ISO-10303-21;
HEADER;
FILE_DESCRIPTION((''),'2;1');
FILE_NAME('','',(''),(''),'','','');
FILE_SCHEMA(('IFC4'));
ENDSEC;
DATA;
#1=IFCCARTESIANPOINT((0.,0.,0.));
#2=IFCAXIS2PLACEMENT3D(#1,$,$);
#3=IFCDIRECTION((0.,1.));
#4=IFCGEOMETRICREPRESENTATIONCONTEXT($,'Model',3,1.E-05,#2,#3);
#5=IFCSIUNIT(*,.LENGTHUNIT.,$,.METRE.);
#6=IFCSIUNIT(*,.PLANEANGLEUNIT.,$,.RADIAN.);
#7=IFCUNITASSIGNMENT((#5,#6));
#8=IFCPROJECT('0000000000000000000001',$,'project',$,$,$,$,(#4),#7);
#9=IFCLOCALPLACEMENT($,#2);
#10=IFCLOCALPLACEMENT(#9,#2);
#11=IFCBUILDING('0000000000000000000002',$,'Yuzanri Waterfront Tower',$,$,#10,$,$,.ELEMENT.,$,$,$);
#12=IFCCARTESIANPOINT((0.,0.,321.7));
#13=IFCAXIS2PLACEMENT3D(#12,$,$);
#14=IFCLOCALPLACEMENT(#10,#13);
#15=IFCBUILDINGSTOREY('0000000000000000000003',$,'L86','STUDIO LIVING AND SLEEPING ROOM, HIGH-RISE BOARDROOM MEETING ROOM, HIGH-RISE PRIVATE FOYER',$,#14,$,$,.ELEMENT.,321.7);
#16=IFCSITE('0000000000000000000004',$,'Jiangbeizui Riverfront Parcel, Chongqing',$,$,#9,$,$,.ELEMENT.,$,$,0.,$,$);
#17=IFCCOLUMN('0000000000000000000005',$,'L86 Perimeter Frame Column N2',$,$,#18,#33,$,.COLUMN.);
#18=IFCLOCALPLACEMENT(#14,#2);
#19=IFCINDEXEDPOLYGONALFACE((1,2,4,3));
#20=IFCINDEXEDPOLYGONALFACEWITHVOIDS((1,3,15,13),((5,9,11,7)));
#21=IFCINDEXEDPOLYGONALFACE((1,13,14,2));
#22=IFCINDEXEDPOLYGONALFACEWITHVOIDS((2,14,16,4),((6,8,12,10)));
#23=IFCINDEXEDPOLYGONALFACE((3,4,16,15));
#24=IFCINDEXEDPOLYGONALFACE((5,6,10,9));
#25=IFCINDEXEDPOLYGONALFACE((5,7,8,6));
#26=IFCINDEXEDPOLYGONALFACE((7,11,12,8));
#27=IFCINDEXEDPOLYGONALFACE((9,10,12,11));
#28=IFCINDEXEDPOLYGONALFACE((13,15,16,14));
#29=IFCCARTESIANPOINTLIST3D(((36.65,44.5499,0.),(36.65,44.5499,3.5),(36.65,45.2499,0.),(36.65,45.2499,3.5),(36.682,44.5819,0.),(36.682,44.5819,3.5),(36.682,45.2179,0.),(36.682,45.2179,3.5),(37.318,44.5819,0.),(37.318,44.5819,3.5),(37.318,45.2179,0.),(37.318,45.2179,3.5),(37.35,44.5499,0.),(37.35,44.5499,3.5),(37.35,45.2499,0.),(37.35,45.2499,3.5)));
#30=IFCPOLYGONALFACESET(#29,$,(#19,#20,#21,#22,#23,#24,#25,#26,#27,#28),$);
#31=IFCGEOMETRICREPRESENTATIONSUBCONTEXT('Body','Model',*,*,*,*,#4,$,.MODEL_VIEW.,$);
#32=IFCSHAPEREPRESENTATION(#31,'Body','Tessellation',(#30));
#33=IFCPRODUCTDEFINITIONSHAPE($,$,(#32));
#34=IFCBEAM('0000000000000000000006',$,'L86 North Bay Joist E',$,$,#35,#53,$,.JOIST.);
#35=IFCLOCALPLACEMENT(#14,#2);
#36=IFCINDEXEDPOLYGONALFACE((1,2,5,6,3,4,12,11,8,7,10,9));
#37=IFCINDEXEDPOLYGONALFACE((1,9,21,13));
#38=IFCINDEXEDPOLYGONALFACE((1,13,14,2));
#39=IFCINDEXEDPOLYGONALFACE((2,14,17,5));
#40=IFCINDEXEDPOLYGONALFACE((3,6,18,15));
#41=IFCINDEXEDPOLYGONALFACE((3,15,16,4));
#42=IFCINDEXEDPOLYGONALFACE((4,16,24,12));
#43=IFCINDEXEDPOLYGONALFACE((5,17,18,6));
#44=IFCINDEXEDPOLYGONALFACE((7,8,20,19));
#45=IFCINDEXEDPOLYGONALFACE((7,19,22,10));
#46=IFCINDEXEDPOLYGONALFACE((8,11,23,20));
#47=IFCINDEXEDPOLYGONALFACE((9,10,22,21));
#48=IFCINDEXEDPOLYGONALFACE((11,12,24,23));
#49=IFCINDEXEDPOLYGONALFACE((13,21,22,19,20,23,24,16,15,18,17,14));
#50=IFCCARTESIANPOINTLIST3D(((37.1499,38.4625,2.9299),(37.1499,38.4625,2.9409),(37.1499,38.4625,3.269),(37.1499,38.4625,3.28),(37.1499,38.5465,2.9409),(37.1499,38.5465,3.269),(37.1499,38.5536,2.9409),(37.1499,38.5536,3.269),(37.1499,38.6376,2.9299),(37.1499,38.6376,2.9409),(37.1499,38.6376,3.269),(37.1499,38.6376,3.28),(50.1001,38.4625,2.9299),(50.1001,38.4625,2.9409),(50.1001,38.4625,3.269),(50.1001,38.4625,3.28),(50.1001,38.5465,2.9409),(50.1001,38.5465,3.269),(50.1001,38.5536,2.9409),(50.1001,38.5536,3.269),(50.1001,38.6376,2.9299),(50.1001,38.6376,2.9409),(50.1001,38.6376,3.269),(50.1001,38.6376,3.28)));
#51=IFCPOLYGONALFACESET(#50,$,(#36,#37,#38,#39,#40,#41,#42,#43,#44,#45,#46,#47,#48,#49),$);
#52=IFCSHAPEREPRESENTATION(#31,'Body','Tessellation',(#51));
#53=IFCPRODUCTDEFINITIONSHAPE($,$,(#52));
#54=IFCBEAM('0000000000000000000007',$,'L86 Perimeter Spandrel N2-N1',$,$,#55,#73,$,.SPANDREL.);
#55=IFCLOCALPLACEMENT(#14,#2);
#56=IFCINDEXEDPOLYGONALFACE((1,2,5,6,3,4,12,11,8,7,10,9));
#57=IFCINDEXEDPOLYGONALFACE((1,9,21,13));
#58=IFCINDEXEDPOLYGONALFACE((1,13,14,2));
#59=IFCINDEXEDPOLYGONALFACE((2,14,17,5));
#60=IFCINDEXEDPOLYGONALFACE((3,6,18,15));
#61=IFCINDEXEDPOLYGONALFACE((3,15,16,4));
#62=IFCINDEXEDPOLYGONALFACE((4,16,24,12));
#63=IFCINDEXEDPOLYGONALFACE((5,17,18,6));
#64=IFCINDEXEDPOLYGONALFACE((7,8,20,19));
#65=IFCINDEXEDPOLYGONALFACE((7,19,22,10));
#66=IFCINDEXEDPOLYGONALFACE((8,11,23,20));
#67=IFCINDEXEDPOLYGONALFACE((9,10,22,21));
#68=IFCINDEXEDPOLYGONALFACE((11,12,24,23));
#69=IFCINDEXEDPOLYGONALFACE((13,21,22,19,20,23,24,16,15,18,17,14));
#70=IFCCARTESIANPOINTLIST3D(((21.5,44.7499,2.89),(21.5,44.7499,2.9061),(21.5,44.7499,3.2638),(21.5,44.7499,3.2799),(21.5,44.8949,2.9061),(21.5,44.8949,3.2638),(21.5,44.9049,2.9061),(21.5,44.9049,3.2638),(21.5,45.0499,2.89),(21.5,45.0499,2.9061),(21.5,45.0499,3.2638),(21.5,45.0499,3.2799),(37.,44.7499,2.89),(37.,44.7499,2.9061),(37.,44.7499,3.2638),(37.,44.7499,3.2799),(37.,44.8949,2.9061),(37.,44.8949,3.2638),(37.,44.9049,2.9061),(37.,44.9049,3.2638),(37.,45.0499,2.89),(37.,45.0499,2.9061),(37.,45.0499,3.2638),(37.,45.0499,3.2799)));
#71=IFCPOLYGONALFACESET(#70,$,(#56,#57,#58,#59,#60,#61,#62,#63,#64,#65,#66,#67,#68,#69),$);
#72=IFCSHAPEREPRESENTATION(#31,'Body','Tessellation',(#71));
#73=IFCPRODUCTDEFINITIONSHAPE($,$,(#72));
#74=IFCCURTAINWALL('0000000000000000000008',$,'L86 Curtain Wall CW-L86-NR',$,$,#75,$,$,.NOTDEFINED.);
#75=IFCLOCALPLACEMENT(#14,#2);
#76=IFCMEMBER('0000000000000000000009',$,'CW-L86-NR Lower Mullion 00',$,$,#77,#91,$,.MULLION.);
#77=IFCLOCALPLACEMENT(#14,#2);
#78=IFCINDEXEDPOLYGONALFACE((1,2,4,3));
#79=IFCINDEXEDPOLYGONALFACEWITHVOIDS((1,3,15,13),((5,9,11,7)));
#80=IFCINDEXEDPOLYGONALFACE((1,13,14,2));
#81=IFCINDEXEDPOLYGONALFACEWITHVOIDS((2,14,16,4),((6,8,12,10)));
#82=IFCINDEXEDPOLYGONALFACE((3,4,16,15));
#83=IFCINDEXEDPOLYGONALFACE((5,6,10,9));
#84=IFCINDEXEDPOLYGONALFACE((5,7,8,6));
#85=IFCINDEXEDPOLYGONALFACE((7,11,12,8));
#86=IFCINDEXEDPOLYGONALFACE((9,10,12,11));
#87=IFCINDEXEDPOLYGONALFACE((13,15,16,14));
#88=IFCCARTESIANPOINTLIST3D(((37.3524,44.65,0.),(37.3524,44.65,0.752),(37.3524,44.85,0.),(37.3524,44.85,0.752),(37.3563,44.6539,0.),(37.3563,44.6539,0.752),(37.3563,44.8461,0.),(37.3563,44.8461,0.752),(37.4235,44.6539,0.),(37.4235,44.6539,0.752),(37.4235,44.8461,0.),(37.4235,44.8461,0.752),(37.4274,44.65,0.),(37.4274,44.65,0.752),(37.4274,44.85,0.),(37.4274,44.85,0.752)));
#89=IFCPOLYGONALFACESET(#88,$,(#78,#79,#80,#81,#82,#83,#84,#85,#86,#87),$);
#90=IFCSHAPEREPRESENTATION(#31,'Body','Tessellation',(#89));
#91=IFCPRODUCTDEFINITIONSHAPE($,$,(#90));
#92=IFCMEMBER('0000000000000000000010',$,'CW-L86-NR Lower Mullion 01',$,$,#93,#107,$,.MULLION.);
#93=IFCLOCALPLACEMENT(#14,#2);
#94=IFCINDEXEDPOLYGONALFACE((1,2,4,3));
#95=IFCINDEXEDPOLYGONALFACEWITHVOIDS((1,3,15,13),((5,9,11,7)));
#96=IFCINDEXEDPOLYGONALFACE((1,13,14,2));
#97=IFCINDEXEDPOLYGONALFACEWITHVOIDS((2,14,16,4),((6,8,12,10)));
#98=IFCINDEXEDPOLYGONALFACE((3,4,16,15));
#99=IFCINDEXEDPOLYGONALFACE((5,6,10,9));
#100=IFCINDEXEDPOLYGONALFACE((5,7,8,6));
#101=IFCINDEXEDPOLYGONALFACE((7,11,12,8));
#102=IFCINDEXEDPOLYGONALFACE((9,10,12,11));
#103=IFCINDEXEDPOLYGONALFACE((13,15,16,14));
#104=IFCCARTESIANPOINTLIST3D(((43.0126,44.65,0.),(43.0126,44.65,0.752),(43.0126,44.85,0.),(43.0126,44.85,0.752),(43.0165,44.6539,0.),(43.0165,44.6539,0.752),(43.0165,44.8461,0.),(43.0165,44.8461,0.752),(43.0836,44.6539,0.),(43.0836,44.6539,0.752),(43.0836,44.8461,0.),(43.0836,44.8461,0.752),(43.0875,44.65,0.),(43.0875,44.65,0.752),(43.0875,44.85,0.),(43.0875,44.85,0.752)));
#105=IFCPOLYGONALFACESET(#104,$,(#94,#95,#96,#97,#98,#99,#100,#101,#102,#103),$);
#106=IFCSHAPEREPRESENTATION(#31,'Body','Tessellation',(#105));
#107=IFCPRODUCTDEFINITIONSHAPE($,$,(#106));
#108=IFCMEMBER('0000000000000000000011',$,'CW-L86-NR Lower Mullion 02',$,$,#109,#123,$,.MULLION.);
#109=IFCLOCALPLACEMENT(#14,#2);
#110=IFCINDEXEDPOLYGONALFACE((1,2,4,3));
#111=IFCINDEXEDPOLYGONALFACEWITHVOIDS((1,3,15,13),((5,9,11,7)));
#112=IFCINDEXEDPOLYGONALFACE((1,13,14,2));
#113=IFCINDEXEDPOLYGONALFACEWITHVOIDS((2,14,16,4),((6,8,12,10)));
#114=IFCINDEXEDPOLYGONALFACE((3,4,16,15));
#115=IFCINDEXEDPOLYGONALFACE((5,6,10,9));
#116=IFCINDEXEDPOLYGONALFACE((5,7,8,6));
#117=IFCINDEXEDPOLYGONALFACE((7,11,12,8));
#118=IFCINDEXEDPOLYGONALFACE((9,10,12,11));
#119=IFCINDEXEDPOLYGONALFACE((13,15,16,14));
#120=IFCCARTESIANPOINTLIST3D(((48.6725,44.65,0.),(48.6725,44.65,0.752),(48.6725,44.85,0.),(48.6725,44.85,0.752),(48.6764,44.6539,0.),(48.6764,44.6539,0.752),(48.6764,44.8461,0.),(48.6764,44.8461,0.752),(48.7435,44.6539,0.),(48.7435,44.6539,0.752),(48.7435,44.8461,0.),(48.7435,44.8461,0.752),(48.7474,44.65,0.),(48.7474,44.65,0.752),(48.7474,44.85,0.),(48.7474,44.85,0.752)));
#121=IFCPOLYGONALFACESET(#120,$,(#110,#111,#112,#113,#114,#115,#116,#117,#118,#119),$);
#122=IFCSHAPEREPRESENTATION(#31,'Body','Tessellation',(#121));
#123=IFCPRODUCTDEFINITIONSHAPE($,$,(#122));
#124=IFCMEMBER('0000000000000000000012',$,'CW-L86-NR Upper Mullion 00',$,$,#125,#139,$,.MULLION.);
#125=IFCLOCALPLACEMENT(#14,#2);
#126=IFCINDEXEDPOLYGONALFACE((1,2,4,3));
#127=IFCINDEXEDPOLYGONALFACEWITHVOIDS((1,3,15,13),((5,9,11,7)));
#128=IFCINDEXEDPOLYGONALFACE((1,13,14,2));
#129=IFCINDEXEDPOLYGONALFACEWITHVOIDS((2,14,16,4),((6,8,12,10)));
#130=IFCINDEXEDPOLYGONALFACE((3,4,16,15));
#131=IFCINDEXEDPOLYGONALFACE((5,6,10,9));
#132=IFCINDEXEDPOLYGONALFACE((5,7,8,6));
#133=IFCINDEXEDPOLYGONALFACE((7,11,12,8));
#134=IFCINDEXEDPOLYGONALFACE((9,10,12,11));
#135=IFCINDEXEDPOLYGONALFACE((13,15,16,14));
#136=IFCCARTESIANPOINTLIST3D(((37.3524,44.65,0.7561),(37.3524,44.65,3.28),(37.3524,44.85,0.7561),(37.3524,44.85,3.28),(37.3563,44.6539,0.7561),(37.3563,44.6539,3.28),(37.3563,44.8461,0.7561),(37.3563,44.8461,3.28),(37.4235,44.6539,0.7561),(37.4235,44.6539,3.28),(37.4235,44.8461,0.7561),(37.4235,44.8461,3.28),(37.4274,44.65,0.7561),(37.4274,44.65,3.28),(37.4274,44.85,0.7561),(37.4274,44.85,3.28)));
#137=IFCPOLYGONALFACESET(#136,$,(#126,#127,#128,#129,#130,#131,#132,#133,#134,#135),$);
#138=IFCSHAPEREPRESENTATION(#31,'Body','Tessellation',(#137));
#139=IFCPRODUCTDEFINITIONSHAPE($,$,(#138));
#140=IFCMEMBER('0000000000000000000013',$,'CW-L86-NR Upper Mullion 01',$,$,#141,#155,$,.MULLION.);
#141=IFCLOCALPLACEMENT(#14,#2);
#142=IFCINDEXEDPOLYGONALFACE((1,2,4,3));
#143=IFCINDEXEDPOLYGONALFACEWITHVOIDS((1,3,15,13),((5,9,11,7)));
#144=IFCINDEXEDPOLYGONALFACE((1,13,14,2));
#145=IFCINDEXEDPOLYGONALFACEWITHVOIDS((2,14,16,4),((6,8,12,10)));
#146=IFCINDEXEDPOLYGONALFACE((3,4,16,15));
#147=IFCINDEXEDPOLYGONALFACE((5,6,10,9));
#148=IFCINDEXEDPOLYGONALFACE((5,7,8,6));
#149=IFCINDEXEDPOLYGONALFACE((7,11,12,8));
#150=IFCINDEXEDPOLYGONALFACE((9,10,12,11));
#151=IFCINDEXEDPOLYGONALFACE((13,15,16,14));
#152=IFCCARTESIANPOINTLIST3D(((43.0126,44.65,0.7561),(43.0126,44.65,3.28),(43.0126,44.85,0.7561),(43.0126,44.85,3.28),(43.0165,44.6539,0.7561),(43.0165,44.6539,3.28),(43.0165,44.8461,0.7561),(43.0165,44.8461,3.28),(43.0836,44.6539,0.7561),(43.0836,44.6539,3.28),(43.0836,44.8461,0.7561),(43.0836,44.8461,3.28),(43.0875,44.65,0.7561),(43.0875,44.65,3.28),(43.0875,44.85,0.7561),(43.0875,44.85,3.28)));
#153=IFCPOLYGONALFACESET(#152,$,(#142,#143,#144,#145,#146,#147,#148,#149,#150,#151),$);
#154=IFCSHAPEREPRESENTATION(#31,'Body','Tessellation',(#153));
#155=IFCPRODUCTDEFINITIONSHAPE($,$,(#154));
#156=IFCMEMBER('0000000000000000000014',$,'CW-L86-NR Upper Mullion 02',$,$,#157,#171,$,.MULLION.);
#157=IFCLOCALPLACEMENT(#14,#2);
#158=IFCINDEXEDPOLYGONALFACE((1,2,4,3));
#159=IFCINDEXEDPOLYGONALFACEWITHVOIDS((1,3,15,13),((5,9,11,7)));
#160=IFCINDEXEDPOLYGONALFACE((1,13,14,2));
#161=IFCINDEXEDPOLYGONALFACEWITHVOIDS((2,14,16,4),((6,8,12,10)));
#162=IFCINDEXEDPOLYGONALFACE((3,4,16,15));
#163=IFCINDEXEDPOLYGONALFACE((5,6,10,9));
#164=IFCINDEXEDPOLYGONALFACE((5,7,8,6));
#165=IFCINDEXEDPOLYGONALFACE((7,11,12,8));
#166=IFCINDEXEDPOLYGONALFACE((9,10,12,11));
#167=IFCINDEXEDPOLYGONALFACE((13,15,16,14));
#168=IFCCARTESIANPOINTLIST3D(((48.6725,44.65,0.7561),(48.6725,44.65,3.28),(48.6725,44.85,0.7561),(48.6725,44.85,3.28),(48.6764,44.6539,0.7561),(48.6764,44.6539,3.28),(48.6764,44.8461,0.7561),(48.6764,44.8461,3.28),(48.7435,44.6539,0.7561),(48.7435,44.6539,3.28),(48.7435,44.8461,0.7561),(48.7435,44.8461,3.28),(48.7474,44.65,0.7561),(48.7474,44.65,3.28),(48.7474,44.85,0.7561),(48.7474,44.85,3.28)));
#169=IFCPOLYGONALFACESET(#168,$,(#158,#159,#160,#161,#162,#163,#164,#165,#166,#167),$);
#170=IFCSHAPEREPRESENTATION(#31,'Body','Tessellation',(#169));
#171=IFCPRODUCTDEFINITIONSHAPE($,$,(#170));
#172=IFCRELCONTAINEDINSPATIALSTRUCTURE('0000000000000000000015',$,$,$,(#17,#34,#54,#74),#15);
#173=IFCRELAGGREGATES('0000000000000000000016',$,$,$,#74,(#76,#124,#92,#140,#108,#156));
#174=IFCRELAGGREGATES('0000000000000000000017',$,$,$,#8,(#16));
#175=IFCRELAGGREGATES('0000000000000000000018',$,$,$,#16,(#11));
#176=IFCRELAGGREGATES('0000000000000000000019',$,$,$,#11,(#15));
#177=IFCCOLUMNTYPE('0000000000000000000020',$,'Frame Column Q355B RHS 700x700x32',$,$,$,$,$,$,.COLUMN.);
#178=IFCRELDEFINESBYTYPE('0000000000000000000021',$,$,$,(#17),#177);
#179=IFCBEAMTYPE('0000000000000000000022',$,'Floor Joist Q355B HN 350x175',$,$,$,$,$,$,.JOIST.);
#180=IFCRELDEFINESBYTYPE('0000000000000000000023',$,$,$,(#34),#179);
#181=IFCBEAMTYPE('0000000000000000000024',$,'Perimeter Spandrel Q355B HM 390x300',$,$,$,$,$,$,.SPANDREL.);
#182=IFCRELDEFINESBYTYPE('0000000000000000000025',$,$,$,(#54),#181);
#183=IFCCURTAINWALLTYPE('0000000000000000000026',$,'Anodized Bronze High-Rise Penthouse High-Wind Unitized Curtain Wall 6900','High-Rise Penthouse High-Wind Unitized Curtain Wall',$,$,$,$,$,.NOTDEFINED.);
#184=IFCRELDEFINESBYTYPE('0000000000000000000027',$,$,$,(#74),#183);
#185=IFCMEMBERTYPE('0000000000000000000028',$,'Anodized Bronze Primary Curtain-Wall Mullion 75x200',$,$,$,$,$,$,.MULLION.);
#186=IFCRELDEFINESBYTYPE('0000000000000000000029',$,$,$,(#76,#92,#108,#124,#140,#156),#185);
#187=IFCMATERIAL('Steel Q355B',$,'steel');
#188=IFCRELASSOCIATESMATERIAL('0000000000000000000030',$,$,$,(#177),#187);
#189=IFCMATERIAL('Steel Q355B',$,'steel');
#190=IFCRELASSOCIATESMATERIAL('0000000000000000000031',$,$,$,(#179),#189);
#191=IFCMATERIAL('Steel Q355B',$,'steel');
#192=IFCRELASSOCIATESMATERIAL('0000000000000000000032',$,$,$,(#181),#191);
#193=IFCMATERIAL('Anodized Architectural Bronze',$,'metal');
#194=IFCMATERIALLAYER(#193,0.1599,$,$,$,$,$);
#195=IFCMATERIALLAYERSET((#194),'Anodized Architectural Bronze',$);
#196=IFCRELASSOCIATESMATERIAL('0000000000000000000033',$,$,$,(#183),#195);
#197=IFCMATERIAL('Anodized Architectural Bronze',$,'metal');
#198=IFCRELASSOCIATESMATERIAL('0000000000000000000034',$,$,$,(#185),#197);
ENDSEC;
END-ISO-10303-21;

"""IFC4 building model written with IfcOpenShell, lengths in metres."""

from ifc_helpers import new_model, si_unit, direction, frame, origin, origin_2d, place, context, subcontext, project, spatial, hollow_rectangle, i_section, extrude, source, transform, mapped, material, layer, layer_set, material_profile, profile_set, type_object, element, aggregate, save


model = new_model("IFC4")

# Units and contexts
model_context = context("Model", 3, precision=1e-05, world=origin(), true_north=direction((0.0, 1.0)))
body_context = subcontext(model_context, "Body", "Model", "MODEL_VIEW")
ifc_project = project(units=[si_unit("LENGTHUNIT", "METRE"), si_unit("PLANEANGLEUNIT", "RADIAN")], contexts=[model_context])

# Site, building, storey
site_placement = place(None, origin())
site = spatial("IfcSite", under=ifc_project, at=site_placement, Name="Jiangbeizui Riverfront Parcel, Chongqing", CompositionType="ELEMENT", RefElevation=0.0)
building_placement = place(site_placement, origin())
building = spatial("IfcBuilding", under=site, at=building_placement, Name="Yuzanri Waterfront Tower", CompositionType="ELEMENT")
storey_placement = place(building_placement, frame((0.0, 0.0, 321.7)))
storey = spatial("IfcBuildingStorey", under=building, at=storey_placement, Name="L86", Description="STUDIO LIVING AND SLEEPING ROOM, HIGH-RISE BOARDROOM MEETING ROOM, HIGH-RISE PRIVATE FOYER", CompositionType="ELEMENT", Elevation=321.7)

# Column
ifc_material_1 = material(Name="Steel Q355B", Category="steel")
ifc_material_profile_1 = material_profile(ifc_material_1, hollow_rectangle(XDim=0.7, YDim=0.7, WallThickness=0.032, at=origin_2d()), Name="RHS 700x700x32")
ifc_profile_set_1 = profile_set([ifc_material_profile_1], Name="Steel Q355B")
column_type = type_object("IfcColumnType", Name="Frame Column Q355B RHS 700x700x32", PredefinedType="COLUMN", material=ifc_profile_set_1)
shared_shape_1 = source(origin(), body_context, "Body", "SweptSolid", [
    extrude(hollow_rectangle(XDim=0.7, YDim=0.7, WallThickness=0.032, at=origin_2d()), origin(), (0.0, 0.0, 1.0), 3.5),
])
column_placement = place(storey_placement, frame((37.0, 44.8999, 0.0), z_axis=(0.0, 0.0, 1.0), x_axis=(1.0, 0.0, 0.0)))
element("IfcColumn", 1, at=column_placement, inside=storey, type_object=column_type, Name="L86 Perimeter Frame Column N2", PredefinedType="COLUMN", context=body_context, shape_type="MappedRepresentation", body=[
    mapped(shared_shape_1, transform((0.0, 0.0, 0.0), scale=1.0)),
])

# Beams
ifc_material_2 = material(Name="Steel Q355B", Category="steel")
ifc_material_profile_2 = material_profile(ifc_material_2, i_section(OverallWidth=0.175, OverallDepth=0.3501, WebThickness=0.0071, FlangeThickness=0.011, at=origin_2d()), Name="HN 350x175x7x11")
ifc_profile_set_2 = profile_set([ifc_material_profile_2], Name="Steel Q355B")
beam_type_1 = type_object("IfcBeamType", Name="Floor Joist Q355B HN 350x175", PredefinedType="JOIST", material=ifc_profile_set_2)
shared_shape_2 = source(origin(), body_context, "Body", "SweptSolid", [
    extrude(i_section(OverallWidth=0.175, OverallDepth=0.3501, WebThickness=0.0071, FlangeThickness=0.011, at=origin_2d()), origin(), (0.0, 0.0, 1.0), 12.9502),
])
beam_1_placement = place(storey_placement, frame((37.1499, 38.55, 3.105), z_axis=(1.0, 0.0, 0.0), x_axis=(0.0, 1.0, 0.0)))
element("IfcBeam", 2, at=beam_1_placement, inside=storey, type_object=beam_type_1, Name="L86 North Bay Joist E", PredefinedType="JOIST", context=body_context, shape_type="MappedRepresentation", body=[
    mapped(shared_shape_2, transform((0.0, 0.0, 0.0), scale=1.0)),
])
ifc_material_3 = material(Name="Steel Q355B", Category="steel")
ifc_material_profile_3 = material_profile(ifc_material_3, i_section(OverallWidth=0.3, OverallDepth=0.3899, WebThickness=0.01, FlangeThickness=0.0161, at=origin_2d()), Name="HM 390x300x10x16")
ifc_profile_set_3 = profile_set([ifc_material_profile_3], Name="Steel Q355B")
beam_type_2 = type_object("IfcBeamType", Name="Perimeter Spandrel Q355B HM 390x300", PredefinedType="SPANDREL", material=ifc_profile_set_3)
shared_shape_3 = source(origin(), body_context, "Body", "SweptSolid", [
    extrude(i_section(OverallWidth=0.3, OverallDepth=0.3899, WebThickness=0.01, FlangeThickness=0.0161, at=origin_2d()), origin(), (0.0, 0.0, 1.0), 15.5),
])
beam_2_placement = place(storey_placement, frame((37.0, 44.8999, 3.085), z_axis=(-1.0, 0.0, 0.0), x_axis=(0.0, -1.0, 0.0)))
element("IfcBeam", 3, at=beam_2_placement, inside=storey, type_object=beam_type_2, Name="L86 Perimeter Spandrel N2-N1", PredefinedType="SPANDREL", context=body_context, shape_type="MappedRepresentation", body=[
    mapped(shared_shape_3, transform((0.0, 0.0, 0.0), scale=1.0)),
])

# Curtain wall, members
ifc_material_4 = material(Name="Anodized Architectural Bronze", Category="metal")
ifc_layer_1 = layer(ifc_material_4, 0.1599)
ifc_layer_set_1 = layer_set([ifc_layer_1], Name="Anodized Architectural Bronze")
curtain_wall_type = type_object("IfcCurtainWallType", Name="Anodized Bronze High-Rise Penthouse High-Wind Unitized Curtain Wall 6900", Description="High-Rise Penthouse High-Wind Unitized Curtain Wall", PredefinedType="NOTDEFINED", material=ifc_layer_set_1)
curtain_wall_placement = place(storey_placement, origin())
curtain_wall = element("IfcCurtainWall", 4, at=curtain_wall_placement, inside=storey, type_object=curtain_wall_type, Name="L86 Curtain Wall CW-L86-NR", PredefinedType="NOTDEFINED")
ifc_material_5 = material(Name="Anodized Architectural Bronze", Category="metal")
ifc_material_profile_4 = material_profile(ifc_material_5, hollow_rectangle(XDim=0.075, YDim=0.2, WallThickness=0.0039, at=origin_2d()), Name="CWM 75x200")
ifc_profile_set_4 = profile_set([ifc_material_profile_4], Name="Anodized Architectural Bronze")
member_type_1 = type_object("IfcMemberType", Name="Anodized Bronze Primary Curtain-Wall Mullion 75x200", PredefinedType="MULLION", material=ifc_profile_set_4)
shared_shape_4 = source(origin(), body_context, "Body", "SweptSolid", [
    extrude(hollow_rectangle(XDim=0.075, YDim=0.2, WallThickness=0.0039, at=origin_2d()), origin(), (0.0, 0.0, 1.0), 0.752),
])
member_1_placement = place(storey_placement, frame((37.3899, 44.75, 0.0), z_axis=(0.0, 0.0, 1.0), x_axis=(1.0, 0.0, 0.0)))
member_1 = element("IfcMember", 5, at=member_1_placement, type_object=member_type_1, Name="CW-L86-NR Lower Mullion 00", PredefinedType="MULLION", context=body_context, shape_type="MappedRepresentation", body=[
    mapped(shared_shape_4, transform((0.0, 0.0, 0.0), scale=1.0)),
])
member_2_placement = place(storey_placement, frame((43.05, 44.75, 0.0), z_axis=(0.0, 0.0, 1.0), x_axis=(1.0, 0.0, 0.0)))
member_2 = element("IfcMember", 6, at=member_2_placement, type_object=member_type_1, Name="CW-L86-NR Lower Mullion 01", PredefinedType="MULLION", context=body_context, shape_type="MappedRepresentation", body=[
    mapped(shared_shape_4, transform((0.0, 0.0, 0.0), scale=1.0)),
])
member_3_placement = place(storey_placement, frame((48.71, 44.75, 0.0), z_axis=(0.0, 0.0, 1.0), x_axis=(1.0, 0.0, 0.0)))
member_3 = element("IfcMember", 7, at=member_3_placement, type_object=member_type_1, Name="CW-L86-NR Lower Mullion 02", PredefinedType="MULLION", context=body_context, shape_type="MappedRepresentation", body=[
    mapped(shared_shape_4, transform((0.0, 0.0, 0.0), scale=1.0)),
])
shared_shape_5 = source(origin(), body_context, "Body", "SweptSolid", [
    extrude(hollow_rectangle(XDim=0.075, YDim=0.2, WallThickness=0.0039, at=origin_2d()), origin(), (0.0, 0.0, 1.0), 2.5239),
])
member_4_placement = place(storey_placement, frame((37.3899, 44.75, 0.7561), z_axis=(0.0, 0.0, 1.0), x_axis=(1.0, 0.0, 0.0)))
member_4 = element("IfcMember", 8, at=member_4_placement, type_object=member_type_1, Name="CW-L86-NR Upper Mullion 00", PredefinedType="MULLION", context=body_context, shape_type="MappedRepresentation", body=[
    mapped(shared_shape_5, transform((0.0, 0.0, 0.0), scale=1.0)),
])
member_5_placement = place(storey_placement, frame((43.05, 44.75, 0.7561), z_axis=(0.0, 0.0, 1.0), x_axis=(1.0, 0.0, 0.0)))
member_5 = element("IfcMember", 9, at=member_5_placement, type_object=member_type_1, Name="CW-L86-NR Upper Mullion 01", PredefinedType="MULLION", context=body_context, shape_type="MappedRepresentation", body=[
    mapped(shared_shape_5, transform((0.0, 0.0, 0.0), scale=1.0)),
])
member_6_placement = place(storey_placement, frame((48.71, 44.75, 0.7561), z_axis=(0.0, 0.0, 1.0), x_axis=(1.0, 0.0, 0.0)))
member_6 = element("IfcMember", 10, at=member_6_placement, type_object=member_type_1, Name="CW-L86-NR Upper Mullion 02", PredefinedType="MULLION", context=body_context, shape_type="MappedRepresentation", body=[
    mapped(shared_shape_5, transform((0.0, 0.0, 0.0), scale=1.0)),
])
aggregate(curtain_wall, [member_1, member_4, member_2, member_5, member_3, member_6])

save(model, "model.ifc")
